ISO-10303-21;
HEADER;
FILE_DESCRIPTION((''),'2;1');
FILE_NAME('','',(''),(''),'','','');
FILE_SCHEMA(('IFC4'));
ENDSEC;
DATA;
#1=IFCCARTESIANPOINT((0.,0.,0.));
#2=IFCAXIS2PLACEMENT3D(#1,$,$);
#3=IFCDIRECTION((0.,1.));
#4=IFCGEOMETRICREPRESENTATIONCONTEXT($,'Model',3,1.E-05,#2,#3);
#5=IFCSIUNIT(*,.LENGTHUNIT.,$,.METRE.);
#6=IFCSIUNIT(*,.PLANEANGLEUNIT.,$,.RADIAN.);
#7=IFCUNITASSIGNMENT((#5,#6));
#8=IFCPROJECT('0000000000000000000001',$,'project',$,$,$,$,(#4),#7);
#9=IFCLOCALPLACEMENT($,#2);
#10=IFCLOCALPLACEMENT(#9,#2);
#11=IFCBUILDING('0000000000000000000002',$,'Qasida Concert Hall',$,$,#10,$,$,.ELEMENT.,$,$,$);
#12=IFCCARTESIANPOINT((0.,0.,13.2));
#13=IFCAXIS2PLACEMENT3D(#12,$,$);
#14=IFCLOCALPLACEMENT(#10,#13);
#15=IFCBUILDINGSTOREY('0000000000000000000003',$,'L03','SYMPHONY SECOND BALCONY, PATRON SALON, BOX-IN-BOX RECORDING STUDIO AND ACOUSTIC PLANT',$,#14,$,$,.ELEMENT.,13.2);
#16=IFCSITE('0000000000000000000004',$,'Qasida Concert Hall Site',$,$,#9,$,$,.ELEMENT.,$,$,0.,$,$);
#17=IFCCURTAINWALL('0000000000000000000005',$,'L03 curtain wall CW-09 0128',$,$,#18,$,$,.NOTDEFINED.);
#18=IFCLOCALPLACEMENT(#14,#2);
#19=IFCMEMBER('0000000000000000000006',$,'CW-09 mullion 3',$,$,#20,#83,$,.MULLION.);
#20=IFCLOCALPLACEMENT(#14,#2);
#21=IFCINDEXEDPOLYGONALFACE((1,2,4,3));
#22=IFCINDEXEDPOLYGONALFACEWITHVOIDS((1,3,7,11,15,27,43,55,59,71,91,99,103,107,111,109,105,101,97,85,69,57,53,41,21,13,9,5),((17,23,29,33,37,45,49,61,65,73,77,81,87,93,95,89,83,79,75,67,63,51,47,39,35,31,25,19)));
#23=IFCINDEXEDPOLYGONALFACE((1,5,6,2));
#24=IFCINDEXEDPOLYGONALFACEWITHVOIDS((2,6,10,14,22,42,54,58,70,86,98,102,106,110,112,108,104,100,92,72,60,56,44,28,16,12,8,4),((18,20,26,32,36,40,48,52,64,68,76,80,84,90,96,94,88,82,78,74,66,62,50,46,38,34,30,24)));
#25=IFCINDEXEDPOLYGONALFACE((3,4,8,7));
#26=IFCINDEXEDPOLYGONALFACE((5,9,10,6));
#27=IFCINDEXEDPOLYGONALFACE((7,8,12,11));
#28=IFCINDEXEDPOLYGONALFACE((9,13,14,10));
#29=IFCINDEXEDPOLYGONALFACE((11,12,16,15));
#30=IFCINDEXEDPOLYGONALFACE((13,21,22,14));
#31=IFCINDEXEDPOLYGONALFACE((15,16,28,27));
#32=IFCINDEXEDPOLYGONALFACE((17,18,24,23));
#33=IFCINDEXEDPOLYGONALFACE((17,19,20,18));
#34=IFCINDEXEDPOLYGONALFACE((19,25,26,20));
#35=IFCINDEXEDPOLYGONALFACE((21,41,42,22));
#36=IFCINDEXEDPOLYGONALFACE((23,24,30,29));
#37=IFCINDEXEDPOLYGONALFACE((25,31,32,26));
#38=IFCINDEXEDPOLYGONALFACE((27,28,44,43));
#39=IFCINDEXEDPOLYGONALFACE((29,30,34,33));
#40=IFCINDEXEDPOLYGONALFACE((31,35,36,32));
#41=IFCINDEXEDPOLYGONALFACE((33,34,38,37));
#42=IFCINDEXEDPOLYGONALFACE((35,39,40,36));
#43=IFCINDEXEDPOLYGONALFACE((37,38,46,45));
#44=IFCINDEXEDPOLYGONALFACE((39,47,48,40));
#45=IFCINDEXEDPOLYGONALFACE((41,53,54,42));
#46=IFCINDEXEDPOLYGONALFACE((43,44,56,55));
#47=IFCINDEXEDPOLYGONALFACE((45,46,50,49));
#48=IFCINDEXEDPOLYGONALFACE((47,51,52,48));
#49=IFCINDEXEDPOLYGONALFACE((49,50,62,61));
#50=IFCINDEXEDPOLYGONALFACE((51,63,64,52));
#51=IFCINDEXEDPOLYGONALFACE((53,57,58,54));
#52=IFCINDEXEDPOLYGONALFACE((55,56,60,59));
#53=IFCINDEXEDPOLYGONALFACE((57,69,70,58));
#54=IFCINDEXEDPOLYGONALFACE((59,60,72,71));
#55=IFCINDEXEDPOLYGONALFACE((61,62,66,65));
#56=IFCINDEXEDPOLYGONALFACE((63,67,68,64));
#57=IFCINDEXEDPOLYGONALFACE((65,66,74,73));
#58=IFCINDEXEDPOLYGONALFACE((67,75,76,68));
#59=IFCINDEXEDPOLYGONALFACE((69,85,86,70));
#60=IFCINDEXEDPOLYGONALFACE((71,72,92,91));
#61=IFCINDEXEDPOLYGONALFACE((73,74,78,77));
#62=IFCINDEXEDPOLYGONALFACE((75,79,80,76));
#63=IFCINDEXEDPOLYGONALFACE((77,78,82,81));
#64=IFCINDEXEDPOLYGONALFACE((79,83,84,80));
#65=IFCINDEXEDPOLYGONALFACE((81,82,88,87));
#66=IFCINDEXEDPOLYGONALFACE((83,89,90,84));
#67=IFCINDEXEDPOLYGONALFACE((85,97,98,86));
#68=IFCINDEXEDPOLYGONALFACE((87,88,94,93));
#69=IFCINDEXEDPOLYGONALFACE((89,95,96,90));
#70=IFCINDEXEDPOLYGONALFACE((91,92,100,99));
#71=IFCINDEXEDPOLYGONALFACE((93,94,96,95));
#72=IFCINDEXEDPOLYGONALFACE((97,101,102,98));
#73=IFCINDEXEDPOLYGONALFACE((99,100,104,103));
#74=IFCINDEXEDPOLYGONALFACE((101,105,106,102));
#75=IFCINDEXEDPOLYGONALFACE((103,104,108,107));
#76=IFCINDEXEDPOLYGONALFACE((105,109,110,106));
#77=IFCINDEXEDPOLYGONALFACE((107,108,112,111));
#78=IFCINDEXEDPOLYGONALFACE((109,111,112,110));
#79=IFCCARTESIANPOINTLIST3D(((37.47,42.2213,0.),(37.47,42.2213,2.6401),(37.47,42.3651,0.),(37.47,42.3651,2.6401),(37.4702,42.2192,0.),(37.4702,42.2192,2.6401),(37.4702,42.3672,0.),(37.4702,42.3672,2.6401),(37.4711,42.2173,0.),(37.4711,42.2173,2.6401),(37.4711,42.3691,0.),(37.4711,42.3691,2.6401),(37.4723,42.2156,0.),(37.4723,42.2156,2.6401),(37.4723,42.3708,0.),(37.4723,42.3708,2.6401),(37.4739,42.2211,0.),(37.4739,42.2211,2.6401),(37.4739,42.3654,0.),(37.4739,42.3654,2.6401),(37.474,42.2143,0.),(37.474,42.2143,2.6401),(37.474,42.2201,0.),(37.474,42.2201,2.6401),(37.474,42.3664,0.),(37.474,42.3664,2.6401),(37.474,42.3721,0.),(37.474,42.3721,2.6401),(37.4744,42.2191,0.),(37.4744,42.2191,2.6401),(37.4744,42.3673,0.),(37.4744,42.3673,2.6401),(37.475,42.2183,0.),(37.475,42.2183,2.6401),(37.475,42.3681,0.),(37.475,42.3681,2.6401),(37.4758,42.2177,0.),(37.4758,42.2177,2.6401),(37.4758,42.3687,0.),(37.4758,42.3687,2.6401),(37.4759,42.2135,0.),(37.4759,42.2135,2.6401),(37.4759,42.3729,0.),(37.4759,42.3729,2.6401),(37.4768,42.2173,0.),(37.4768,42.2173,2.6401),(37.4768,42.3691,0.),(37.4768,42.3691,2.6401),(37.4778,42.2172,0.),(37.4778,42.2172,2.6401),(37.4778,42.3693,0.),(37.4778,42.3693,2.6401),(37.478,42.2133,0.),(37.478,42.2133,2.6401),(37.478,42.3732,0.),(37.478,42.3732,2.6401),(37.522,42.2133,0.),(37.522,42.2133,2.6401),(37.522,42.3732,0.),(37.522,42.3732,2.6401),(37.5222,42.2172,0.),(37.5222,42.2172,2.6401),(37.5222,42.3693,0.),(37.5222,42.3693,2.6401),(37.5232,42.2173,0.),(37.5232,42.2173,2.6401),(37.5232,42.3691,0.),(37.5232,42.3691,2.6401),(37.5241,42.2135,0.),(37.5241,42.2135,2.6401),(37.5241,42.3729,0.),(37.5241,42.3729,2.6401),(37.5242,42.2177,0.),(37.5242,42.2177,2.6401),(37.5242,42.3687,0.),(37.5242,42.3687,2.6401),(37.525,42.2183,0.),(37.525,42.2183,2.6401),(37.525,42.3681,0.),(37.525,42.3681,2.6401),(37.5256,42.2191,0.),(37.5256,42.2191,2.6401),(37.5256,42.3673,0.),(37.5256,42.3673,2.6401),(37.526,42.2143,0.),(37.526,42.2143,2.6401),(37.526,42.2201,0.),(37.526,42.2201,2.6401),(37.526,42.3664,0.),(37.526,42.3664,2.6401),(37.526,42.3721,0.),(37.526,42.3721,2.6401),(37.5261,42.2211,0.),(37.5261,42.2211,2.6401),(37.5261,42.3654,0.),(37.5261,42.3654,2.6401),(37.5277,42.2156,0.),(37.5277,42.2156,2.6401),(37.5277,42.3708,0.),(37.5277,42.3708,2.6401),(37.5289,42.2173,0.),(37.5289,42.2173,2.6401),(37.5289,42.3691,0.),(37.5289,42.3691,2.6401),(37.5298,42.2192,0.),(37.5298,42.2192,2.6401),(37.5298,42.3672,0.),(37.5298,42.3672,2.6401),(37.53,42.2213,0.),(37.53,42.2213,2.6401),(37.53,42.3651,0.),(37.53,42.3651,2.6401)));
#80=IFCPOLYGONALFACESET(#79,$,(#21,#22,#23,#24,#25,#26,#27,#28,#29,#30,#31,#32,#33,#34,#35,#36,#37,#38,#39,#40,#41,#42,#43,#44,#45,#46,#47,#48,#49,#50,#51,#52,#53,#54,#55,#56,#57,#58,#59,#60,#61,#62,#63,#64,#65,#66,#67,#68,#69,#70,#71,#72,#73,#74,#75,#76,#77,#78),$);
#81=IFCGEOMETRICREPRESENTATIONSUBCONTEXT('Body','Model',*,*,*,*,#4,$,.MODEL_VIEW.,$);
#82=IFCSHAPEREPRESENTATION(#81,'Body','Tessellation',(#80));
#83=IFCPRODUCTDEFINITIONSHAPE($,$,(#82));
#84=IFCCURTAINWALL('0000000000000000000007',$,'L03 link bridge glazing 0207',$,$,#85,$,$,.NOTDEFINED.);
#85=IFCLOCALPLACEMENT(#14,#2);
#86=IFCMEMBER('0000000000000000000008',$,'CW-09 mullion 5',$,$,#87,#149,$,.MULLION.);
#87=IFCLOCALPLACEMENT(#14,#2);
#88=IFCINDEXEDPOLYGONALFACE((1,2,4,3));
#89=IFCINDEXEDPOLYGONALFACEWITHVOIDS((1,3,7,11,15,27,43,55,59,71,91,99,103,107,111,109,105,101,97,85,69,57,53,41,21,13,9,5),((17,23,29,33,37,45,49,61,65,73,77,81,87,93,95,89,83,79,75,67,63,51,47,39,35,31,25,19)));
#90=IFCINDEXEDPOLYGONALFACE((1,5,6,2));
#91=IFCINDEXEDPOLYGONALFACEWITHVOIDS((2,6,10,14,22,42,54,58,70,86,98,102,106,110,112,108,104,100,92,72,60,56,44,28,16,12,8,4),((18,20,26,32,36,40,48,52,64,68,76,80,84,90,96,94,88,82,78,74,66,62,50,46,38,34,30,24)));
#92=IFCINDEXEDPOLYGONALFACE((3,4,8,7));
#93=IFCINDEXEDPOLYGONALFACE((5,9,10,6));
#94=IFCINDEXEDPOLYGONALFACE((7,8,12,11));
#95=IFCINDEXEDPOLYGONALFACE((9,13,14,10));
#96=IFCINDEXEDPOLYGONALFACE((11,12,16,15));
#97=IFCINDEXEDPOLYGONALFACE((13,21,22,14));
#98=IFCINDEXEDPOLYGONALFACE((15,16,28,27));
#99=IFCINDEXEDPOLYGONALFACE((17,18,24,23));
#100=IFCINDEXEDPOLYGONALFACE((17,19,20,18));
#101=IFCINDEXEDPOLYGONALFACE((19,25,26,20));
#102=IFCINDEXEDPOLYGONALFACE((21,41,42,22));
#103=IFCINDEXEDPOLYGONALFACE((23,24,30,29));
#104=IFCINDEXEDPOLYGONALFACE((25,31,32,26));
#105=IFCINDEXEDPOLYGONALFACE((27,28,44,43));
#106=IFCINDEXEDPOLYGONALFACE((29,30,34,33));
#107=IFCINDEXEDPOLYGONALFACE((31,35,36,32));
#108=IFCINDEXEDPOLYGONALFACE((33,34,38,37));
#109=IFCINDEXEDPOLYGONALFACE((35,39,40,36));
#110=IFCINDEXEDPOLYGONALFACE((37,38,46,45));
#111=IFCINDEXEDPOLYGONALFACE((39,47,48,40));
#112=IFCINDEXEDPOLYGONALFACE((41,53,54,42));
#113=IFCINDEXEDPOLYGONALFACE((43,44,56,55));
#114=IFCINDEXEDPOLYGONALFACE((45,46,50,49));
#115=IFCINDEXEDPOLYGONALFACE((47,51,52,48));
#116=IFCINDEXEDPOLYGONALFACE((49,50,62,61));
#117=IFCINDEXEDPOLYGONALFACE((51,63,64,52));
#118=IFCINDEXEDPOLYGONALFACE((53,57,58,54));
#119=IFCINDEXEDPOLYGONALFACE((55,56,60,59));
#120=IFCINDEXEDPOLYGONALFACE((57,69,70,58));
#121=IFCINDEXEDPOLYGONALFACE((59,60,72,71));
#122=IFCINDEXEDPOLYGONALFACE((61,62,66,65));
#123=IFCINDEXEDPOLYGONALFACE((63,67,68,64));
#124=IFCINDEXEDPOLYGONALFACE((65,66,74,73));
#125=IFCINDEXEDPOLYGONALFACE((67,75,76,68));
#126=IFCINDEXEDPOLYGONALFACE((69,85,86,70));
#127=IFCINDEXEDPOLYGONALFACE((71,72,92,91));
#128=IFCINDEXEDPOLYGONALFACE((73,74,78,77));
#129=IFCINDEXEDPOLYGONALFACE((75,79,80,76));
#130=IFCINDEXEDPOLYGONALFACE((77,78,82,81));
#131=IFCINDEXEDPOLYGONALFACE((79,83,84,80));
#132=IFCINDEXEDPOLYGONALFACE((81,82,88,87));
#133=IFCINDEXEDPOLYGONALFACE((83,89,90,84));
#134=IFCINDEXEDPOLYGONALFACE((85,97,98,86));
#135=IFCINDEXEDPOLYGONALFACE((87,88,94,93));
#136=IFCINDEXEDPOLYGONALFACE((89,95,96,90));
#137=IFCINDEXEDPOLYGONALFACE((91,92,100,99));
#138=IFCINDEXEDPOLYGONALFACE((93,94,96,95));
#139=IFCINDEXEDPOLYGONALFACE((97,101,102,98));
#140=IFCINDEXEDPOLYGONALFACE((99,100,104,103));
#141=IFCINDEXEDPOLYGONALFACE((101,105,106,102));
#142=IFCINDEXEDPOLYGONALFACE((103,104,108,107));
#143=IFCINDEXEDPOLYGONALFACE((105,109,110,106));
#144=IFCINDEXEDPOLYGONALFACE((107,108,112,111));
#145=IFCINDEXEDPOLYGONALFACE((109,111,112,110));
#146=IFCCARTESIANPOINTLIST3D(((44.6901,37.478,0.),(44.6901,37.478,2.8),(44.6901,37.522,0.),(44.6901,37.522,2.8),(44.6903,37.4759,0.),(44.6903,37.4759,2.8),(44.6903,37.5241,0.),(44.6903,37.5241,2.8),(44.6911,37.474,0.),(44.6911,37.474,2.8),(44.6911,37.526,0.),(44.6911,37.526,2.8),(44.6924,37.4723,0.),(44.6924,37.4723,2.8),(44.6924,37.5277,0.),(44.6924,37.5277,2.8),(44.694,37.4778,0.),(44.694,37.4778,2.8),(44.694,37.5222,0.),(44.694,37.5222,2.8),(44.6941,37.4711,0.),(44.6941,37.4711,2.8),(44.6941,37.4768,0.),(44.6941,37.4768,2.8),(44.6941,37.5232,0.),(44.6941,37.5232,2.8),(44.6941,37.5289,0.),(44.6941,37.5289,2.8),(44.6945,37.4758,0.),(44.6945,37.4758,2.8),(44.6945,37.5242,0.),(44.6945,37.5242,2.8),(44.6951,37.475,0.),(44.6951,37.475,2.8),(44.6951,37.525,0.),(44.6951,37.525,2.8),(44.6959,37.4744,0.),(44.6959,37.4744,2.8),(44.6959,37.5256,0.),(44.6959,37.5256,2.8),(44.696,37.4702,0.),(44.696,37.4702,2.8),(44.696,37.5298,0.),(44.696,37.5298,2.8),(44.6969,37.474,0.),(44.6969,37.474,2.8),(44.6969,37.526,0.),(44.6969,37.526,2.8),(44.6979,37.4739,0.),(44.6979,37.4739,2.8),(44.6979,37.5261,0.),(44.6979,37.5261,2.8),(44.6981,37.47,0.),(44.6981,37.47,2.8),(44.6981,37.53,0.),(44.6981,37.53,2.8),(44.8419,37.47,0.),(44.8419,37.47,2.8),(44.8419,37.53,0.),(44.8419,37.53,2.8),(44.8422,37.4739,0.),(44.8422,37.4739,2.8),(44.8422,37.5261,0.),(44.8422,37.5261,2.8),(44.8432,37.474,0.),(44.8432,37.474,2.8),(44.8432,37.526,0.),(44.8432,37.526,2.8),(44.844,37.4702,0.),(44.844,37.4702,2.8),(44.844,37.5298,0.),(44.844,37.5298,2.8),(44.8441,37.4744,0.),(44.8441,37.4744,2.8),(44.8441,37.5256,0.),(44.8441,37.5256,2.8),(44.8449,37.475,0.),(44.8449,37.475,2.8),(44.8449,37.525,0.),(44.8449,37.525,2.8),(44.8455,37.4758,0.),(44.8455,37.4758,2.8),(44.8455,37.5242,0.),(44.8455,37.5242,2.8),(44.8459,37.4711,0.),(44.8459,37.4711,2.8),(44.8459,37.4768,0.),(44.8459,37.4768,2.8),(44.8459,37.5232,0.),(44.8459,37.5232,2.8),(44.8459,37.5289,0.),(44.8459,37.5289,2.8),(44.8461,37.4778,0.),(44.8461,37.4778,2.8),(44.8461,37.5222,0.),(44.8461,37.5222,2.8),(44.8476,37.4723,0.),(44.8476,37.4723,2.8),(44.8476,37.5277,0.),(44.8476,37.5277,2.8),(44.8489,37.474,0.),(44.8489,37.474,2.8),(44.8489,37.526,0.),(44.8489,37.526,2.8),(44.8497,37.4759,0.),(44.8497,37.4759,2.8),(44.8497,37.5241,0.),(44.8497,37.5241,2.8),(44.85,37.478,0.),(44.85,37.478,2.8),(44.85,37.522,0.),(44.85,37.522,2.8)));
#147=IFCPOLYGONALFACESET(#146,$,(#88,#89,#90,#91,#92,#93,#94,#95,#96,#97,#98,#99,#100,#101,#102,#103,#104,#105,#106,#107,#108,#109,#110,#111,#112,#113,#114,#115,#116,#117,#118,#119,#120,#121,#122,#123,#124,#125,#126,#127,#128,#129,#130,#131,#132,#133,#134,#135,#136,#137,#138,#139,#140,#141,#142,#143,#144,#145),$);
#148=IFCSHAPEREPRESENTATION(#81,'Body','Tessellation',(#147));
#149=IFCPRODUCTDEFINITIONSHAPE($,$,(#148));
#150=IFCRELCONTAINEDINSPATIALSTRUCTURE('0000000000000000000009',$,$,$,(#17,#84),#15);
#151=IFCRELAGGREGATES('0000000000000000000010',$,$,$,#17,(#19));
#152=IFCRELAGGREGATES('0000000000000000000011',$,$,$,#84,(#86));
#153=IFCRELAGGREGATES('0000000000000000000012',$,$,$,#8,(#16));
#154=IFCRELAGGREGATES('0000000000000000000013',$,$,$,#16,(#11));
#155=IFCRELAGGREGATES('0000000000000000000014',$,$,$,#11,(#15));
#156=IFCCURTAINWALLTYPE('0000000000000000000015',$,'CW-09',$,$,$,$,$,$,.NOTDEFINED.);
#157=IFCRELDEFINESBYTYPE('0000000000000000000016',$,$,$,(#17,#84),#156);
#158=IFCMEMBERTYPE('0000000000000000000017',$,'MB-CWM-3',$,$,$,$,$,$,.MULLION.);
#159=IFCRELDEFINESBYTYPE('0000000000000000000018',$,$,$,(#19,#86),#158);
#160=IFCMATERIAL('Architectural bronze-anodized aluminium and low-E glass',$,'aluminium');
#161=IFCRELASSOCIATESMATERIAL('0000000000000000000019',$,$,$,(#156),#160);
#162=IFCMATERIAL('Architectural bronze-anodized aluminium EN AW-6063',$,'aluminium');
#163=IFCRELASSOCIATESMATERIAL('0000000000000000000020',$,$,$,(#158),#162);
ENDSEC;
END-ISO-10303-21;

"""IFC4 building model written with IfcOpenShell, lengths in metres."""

from ifc_helpers import new_model, si_unit, direction, frame, origin, origin_2d, place, context, subcontext, project, spatial, hollow_rectangle, extrude, material, material_profile, profile_set, type_object, element, aggregate, save


model = new_model("IFC4")

# Units and contexts
model_context = context("Model", 3, precision=1e-05, world=origin(), true_north=direction((0.0, 1.0)))
body_context = subcontext(model_context, "Body", "Model", "MODEL_VIEW")
ifc_project = project(units=[si_unit("LENGTHUNIT", "METRE"), si_unit("PLANEANGLEUNIT", "RADIAN")], contexts=[model_context])

# Site, building, storey
site_placement = place(None, origin())
site = spatial("IfcSite", under=ifc_project, at=site_placement, Name="Qasida Concert Hall Site", CompositionType="ELEMENT", RefElevation=0.0)
building_placement = place(site_placement, origin())
building = spatial("IfcBuilding", under=site, at=building_placement, Name="Qasida Concert Hall", CompositionType="ELEMENT")
storey_placement = place(building_placement, frame((0.0, 0.0, 13.2)))
storey = spatial("IfcBuildingStorey", under=building, at=storey_placement, Name="L03", Description="SYMPHONY SECOND BALCONY, PATRON SALON, BOX-IN-BOX RECORDING STUDIO AND ACOUSTIC PLANT", CompositionType="ELEMENT", Elevation=13.2)

# Curtain wall, member
ifc_material_1 = material(Name="Architectural bronze-anodized aluminium and low-E glass", Category="aluminium")
curtain_wall_type = type_object("IfcCurtainWallType", Name="CW-09", PredefinedType="NOTDEFINED", material=ifc_material_1)
curtain_wall_1_placement = place(storey_placement, origin())
curtain_wall_1 = element("IfcCurtainWall", 1, at=curtain_wall_1_placement, inside=storey, type_object=curtain_wall_type, Name="L03 curtain wall CW-09 0128", PredefinedType="NOTDEFINED")
ifc_material_2 = material(Name="Architectural bronze-anodized aluminium EN AW-6063", Category="aluminium")
ifc_material_profile_1 = material_profile(ifc_material_2, hollow_rectangle(XDim=0.0601, YDim=0.1599, WallThickness=0.0039, InnerFilletRadius=0.0039, OuterFilletRadius=0.0081, at=origin_2d()), Name="CWM 160x60x4")
ifc_profile_set_1 = profile_set([ifc_material_profile_1], Name="Architectural bronze-anodized aluminium EN AW-6063")
member_type_1 = type_object("IfcMemberType", Name="MB-CWM-3", PredefinedType="MULLION", material=ifc_profile_set_1)
member_1_placement = place(storey_placement, frame((37.5, 42.2932, 0.0), z_axis=(0.0, 0.0, 1.0), x_axis=(-1.0, 0.0, 0.0)))
member_1 = element("IfcMember", 2, at=member_1_placement, type_object=member_type_1, Name="CW-09 mullion 3", PredefinedType="MULLION", context=body_context, shape_type="SweptSolid", body=[
    extrude(hollow_rectangle(XDim=0.0601, YDim=0.1599, WallThickness=0.0039, InnerFilletRadius=0.0039, OuterFilletRadius=0.0081, at=origin_2d()), origin(), (0.0, 0.0, 1.0), 2.6401),
])

# Curtain wall, member
curtain_wall_2_placement = place(storey_placement, origin())
curtain_wall_2 = element("IfcCurtainWall", 3, at=curtain_wall_2_placement, inside=storey, type_object=curtain_wall_type, Name="L03 link bridge glazing 0207", PredefinedType="NOTDEFINED")
member_2_placement = place(storey_placement, frame((44.77, 37.5, 0.0), z_axis=(0.0, 0.0, 1.0), x_axis=(0.0, 1.0, 0.0)))
member_2 = element("IfcMember", 4, at=member_2_placement, type_object=member_type_1, Name="CW-09 mullion 5", PredefinedType="MULLION", context=body_context, shape_type="SweptSolid", body=[
    extrude(hollow_rectangle(XDim=0.0601, YDim=0.1599, WallThickness=0.0039, InnerFilletRadius=0.0039, OuterFilletRadius=0.0081, at=origin_2d()), origin(), (0.0, 0.0, 1.0), 2.8),
])

aggregate(curtain_wall_1, [member_1])
aggregate(curtain_wall_2, [member_2])

save(model, "model.ifc")
